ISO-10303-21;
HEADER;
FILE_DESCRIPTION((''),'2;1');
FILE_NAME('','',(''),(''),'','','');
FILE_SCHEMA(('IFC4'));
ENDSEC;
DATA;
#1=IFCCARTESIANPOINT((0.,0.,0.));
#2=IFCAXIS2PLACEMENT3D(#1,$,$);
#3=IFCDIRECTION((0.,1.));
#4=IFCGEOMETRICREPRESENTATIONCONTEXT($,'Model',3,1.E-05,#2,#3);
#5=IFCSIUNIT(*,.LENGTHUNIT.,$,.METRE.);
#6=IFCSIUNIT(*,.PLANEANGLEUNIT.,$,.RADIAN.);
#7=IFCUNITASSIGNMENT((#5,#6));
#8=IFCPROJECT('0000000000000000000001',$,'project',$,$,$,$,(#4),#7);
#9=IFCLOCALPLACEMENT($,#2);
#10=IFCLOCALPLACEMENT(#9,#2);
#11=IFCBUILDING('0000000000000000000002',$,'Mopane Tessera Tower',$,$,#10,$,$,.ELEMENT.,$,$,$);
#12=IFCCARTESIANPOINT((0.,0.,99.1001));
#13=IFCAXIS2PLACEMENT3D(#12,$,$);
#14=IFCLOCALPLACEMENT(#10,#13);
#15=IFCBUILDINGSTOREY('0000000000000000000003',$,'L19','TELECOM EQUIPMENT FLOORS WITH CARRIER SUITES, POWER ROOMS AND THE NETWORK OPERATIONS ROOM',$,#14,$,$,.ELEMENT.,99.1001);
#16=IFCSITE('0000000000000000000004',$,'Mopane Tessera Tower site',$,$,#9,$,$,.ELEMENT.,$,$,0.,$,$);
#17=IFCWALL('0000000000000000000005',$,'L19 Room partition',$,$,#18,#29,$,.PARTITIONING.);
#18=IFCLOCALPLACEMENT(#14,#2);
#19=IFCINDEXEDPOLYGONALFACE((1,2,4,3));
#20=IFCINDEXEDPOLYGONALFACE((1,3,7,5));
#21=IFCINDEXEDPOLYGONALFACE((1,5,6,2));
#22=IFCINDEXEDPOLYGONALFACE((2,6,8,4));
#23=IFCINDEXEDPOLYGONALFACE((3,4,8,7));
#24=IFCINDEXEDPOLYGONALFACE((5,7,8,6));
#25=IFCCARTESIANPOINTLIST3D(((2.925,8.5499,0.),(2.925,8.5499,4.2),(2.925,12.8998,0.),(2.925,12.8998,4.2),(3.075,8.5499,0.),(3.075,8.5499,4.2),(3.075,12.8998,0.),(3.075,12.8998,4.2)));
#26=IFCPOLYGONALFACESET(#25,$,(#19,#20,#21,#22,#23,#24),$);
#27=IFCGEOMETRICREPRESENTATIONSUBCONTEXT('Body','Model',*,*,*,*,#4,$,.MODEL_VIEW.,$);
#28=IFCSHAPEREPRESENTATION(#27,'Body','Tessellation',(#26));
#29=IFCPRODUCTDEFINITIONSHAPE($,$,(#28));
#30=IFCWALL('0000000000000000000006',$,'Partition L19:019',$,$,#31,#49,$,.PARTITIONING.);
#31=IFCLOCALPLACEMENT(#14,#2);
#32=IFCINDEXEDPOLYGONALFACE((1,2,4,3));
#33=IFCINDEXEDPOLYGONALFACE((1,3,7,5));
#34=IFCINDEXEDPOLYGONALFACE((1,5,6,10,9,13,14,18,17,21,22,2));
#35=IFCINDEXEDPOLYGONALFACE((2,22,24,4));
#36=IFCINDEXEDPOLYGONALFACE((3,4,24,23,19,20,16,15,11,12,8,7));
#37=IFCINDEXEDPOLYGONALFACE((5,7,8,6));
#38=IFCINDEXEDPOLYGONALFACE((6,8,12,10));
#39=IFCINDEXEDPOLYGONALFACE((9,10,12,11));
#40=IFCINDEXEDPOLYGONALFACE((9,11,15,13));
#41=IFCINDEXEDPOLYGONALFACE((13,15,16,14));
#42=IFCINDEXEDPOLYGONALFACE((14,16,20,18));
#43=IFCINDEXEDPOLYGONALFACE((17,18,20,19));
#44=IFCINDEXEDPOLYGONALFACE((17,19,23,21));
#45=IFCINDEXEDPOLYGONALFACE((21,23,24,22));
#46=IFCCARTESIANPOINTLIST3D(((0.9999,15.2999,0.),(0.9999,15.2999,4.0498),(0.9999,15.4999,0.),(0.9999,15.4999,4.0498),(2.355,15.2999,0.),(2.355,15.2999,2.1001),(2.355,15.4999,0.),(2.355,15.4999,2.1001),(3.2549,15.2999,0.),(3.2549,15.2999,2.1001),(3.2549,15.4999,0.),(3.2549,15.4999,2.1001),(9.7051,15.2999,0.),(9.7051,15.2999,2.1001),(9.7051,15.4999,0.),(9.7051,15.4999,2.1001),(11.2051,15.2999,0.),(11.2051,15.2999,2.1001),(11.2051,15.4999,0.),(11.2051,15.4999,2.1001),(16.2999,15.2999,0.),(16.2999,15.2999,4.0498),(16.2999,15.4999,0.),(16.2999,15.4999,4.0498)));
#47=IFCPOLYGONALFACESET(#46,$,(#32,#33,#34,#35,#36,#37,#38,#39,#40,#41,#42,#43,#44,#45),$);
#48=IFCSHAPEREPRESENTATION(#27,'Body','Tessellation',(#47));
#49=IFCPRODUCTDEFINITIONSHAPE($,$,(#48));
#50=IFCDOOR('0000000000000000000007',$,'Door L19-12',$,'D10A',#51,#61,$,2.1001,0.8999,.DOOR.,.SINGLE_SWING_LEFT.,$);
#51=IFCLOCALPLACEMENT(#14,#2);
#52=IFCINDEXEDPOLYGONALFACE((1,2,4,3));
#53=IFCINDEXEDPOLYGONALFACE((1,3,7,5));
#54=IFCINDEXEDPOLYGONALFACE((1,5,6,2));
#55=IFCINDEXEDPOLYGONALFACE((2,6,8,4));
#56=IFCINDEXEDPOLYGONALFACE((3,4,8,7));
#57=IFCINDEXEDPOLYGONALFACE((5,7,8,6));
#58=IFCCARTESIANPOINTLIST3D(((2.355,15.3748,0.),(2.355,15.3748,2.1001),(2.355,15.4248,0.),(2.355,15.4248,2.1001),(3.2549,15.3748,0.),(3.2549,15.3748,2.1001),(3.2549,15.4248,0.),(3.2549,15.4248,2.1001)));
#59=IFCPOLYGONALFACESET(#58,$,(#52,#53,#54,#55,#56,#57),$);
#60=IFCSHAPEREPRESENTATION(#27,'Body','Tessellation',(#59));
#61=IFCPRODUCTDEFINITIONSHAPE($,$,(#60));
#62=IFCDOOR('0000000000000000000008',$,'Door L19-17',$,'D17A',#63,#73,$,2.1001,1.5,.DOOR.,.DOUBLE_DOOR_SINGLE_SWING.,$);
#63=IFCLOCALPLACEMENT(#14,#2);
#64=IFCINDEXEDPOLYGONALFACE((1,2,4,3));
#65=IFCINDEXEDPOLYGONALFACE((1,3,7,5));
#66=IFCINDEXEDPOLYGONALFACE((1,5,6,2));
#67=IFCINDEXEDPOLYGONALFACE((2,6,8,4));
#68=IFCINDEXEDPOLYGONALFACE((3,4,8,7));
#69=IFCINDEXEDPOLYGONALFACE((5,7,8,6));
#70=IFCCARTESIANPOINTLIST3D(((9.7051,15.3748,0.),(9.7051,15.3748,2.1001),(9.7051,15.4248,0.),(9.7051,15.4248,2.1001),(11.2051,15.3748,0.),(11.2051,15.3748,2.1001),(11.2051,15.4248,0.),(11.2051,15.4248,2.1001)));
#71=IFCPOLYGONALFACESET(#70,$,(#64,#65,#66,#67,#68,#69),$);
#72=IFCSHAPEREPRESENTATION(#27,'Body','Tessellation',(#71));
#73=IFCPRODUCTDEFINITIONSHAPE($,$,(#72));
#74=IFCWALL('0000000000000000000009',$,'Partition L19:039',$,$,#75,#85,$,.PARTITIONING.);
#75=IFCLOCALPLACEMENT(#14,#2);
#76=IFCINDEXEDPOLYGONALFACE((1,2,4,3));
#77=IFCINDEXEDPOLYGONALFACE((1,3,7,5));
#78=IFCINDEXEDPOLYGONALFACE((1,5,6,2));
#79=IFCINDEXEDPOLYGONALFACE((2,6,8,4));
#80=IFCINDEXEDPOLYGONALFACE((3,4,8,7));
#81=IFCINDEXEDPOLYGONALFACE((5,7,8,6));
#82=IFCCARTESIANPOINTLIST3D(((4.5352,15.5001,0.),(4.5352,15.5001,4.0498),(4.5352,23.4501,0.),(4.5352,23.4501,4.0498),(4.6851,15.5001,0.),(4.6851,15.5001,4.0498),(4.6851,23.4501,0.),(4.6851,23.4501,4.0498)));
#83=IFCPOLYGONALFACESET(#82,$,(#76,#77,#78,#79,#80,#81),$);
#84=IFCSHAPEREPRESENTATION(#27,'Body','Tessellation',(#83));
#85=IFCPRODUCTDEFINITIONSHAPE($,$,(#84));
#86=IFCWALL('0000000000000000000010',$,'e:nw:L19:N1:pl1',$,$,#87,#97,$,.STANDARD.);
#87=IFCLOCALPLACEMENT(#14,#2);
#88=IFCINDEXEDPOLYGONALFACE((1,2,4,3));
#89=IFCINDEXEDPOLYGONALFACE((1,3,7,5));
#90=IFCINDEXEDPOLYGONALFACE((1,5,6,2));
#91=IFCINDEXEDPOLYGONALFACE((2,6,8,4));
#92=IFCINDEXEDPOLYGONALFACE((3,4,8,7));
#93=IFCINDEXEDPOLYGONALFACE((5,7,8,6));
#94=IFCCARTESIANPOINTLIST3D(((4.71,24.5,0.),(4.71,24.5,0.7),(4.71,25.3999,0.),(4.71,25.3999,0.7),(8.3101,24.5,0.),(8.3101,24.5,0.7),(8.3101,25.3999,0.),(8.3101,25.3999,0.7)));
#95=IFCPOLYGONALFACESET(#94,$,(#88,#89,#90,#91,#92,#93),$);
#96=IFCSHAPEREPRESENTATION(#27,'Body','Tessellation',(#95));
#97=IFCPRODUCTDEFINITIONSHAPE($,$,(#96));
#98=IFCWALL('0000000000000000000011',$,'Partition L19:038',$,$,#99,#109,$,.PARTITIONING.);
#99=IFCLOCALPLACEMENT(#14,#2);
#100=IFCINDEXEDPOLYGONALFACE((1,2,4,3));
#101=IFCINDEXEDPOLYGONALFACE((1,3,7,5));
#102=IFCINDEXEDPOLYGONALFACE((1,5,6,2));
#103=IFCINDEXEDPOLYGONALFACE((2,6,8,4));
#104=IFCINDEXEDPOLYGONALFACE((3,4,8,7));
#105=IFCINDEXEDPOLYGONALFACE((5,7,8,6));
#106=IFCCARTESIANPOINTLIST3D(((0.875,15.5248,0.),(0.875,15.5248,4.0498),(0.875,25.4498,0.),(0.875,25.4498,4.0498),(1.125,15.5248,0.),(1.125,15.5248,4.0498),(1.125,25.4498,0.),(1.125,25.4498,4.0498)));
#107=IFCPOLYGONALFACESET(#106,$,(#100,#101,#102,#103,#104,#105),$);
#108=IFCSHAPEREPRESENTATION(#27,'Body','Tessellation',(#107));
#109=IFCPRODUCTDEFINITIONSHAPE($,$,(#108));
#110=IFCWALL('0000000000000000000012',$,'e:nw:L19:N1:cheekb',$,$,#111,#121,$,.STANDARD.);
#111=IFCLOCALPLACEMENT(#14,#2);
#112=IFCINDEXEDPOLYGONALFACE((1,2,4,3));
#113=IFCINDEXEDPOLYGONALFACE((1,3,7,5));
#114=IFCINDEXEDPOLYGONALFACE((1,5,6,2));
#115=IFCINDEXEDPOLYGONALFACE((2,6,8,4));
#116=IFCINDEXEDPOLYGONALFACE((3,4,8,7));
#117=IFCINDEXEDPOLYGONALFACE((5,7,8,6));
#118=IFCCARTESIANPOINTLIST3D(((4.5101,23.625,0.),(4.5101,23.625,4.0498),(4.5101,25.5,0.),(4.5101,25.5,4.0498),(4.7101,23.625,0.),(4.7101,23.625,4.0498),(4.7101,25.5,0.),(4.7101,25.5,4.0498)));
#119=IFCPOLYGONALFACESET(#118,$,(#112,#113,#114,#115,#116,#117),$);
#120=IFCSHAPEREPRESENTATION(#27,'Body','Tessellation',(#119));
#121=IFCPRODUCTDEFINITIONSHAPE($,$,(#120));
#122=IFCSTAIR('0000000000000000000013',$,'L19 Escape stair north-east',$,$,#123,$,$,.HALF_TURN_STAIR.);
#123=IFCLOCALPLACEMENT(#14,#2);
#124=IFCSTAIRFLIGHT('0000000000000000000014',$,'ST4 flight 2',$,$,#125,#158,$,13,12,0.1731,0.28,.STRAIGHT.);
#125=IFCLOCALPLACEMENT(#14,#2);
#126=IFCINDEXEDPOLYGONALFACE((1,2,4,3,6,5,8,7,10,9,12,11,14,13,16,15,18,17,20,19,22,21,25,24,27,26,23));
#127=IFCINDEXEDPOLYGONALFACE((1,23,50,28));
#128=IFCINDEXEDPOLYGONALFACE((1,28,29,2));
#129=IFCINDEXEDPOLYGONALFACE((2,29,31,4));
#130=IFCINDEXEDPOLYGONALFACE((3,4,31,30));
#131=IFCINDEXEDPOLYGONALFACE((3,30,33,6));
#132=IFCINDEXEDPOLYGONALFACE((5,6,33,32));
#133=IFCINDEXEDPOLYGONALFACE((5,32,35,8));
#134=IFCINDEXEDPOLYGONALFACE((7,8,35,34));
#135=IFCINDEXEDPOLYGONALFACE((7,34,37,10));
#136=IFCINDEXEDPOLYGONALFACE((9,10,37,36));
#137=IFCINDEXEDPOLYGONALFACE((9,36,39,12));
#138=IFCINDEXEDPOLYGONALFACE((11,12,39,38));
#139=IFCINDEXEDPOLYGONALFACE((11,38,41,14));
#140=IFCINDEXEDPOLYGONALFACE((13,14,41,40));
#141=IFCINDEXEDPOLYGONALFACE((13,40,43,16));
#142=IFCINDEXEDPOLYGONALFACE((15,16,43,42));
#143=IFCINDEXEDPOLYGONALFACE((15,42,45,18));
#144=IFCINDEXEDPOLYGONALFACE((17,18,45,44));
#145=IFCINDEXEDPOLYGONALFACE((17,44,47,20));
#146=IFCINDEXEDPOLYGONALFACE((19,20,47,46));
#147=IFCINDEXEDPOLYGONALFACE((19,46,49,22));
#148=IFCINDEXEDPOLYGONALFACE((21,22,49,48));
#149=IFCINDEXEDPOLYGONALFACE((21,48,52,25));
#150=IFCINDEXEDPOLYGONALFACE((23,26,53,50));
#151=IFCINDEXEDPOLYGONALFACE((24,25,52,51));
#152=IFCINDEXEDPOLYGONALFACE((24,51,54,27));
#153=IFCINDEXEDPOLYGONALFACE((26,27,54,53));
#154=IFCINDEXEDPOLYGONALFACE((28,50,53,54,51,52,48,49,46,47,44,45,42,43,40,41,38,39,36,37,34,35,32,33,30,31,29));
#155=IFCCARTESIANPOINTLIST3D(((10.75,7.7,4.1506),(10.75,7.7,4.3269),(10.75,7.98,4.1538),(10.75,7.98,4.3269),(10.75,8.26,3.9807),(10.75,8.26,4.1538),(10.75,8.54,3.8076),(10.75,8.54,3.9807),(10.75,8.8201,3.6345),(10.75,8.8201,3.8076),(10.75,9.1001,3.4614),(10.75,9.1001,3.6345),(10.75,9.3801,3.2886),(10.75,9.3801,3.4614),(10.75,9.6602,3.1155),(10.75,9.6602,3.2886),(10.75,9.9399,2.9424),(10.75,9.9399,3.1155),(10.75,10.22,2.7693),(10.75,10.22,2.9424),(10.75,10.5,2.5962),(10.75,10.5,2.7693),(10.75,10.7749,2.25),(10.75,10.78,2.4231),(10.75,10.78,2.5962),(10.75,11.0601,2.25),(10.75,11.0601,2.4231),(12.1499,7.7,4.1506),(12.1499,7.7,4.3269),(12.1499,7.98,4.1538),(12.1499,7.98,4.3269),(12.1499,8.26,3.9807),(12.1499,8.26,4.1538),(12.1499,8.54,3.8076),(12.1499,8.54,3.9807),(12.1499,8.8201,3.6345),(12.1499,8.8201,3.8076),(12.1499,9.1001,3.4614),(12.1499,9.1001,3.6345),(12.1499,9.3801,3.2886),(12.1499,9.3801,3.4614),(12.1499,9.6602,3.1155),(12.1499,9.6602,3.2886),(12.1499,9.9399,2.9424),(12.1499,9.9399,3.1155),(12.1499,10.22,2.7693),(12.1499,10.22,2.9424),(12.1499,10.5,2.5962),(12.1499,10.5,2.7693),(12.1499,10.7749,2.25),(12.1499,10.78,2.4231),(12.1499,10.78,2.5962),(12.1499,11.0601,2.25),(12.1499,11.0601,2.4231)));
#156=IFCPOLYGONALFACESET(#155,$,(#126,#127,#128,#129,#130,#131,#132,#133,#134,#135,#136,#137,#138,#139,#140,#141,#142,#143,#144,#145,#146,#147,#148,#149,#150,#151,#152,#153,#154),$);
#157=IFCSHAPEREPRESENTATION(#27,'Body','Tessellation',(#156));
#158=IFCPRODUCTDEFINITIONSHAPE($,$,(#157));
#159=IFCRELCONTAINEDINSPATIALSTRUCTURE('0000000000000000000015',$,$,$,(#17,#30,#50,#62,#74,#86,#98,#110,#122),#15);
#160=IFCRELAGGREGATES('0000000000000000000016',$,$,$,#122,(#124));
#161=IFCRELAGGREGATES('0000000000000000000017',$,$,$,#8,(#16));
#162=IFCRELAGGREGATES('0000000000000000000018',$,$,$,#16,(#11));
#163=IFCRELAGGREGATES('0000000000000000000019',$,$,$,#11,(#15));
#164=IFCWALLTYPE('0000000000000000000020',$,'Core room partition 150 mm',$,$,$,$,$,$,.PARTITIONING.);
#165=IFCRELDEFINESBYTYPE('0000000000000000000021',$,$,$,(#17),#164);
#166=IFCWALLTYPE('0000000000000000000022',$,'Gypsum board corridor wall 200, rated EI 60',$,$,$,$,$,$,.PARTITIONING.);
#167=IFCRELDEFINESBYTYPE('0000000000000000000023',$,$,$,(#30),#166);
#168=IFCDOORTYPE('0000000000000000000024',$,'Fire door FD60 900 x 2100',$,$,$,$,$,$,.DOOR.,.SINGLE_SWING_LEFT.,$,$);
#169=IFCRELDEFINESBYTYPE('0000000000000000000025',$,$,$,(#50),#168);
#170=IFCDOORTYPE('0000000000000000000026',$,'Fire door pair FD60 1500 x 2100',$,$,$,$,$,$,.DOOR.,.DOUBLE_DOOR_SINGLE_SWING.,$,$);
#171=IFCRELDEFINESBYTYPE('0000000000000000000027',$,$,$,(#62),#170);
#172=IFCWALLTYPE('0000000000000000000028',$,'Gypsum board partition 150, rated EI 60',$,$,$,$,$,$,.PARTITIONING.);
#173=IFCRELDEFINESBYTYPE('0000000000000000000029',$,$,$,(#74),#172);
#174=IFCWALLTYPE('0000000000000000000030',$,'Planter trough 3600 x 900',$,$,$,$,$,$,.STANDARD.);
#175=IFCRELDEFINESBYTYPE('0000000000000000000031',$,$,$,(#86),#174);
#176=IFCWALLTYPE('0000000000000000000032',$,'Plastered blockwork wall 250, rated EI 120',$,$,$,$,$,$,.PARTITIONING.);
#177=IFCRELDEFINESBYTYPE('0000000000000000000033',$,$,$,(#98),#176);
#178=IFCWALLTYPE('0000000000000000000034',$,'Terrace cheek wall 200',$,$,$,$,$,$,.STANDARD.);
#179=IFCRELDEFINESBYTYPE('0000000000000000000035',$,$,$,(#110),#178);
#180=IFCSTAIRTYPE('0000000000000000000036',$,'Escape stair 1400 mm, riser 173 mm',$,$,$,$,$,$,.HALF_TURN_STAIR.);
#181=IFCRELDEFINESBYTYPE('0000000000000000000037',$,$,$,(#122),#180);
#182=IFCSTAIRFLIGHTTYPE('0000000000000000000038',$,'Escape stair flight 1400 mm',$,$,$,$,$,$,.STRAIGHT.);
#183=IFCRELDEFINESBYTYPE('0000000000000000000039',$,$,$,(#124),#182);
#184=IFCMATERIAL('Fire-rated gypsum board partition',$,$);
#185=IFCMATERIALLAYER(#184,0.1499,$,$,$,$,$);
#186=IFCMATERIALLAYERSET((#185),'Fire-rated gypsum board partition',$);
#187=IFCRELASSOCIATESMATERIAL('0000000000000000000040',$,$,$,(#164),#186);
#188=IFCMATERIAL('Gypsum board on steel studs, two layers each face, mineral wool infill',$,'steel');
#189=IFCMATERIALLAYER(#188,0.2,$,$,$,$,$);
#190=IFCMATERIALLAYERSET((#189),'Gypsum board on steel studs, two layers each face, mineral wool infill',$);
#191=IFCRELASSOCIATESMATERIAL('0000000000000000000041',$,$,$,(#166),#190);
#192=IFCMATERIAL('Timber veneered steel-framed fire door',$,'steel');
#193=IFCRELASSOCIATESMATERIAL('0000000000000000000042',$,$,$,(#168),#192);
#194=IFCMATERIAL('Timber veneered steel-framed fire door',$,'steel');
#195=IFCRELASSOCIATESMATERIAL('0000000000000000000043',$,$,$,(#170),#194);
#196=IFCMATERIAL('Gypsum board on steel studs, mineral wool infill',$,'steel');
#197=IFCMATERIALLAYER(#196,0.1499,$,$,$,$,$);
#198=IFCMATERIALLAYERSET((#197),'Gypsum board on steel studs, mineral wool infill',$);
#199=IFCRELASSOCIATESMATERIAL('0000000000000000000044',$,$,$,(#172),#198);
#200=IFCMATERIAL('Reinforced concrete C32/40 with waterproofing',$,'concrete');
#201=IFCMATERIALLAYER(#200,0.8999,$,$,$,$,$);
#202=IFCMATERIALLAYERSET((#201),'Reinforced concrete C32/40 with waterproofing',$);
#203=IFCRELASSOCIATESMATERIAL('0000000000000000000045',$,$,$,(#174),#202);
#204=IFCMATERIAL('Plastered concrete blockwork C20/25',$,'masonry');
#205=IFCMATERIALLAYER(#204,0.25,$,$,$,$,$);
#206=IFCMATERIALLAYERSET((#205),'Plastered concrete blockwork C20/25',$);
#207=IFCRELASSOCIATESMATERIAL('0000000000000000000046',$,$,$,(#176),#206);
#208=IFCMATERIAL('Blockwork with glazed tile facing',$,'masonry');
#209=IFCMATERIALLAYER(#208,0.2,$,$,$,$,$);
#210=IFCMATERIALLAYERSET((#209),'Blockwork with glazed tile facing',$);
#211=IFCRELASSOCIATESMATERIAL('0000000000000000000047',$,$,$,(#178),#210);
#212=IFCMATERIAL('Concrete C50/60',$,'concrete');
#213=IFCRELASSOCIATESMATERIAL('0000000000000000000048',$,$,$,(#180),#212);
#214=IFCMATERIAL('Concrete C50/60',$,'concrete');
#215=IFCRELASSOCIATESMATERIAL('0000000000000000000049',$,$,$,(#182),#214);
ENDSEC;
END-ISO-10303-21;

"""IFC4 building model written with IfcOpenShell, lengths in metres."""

from ifc_helpers import new_model, si_unit, direction, frame, frame_2d, origin, place, context, subcontext, project, spatial, polyline, rectangle, outline, extrude, material, layer, layer_set, type_object, element, fill, aggregate, save


model = new_model("IFC4")

# Units and contexts
model_context = context("Model", 3, precision=1e-05, world=origin(), true_north=direction((0.0, 1.0)))
body_context = subcontext(model_context, "Body", "Model", "MODEL_VIEW")
ifc_project = project(units=[si_unit("LENGTHUNIT", "METRE"), si_unit("PLANEANGLEUNIT", "RADIAN")], contexts=[model_context])

# Site, building, storey
site_placement = place(None, origin())
site = spatial("IfcSite", under=ifc_project, at=site_placement, Name="Mopane Tessera Tower site", CompositionType="ELEMENT", RefElevation=0.0)
building_placement = place(site_placement, origin())
building = spatial("IfcBuilding", under=site, at=building_placement, Name="Mopane Tessera Tower", CompositionType="ELEMENT")
storey_placement = place(building_placement, frame((0.0, 0.0, 99.1001)))
storey = spatial("IfcBuildingStorey", under=building, at=storey_placement, Name="L19", Description="TELECOM EQUIPMENT FLOORS WITH CARRIER SUITES, POWER ROOMS AND THE NETWORK OPERATIONS ROOM", CompositionType="ELEMENT", Elevation=99.1001)

# Wall
ifc_material_1 = material(Name="Fire-rated gypsum board partition")
ifc_layer_1 = layer(ifc_material_1, 0.1499)
ifc_layer_set_1 = layer_set([ifc_layer_1], Name="Fire-rated gypsum board partition")
wall_type_1 = type_object("IfcWallType", Name="Core room partition 150 mm", PredefinedType="PARTITIONING", material=ifc_layer_set_1)
wall_1_placement = place(storey_placement, frame((3.0, 8.55, 0.0), z_axis=(0.0, 0.0, 1.0), x_axis=(0.0, 1.0, 0.0)))
element("IfcWall", 1, at=wall_1_placement, inside=storey, type_object=wall_type_1, Name="L19 Room partition", PredefinedType="PARTITIONING", context=body_context, shape_type="SweptSolid", body=[
    extrude(rectangle(XDim=4.3499, YDim=0.1499, at=frame_2d((2.1748, 0.0))), origin(), (0.0, 0.0, 1.0), 4.2),
])

# Wall, openings, doors
ifc_material_2 = material(Name="Gypsum board on steel studs, two layers each face, mineral wool infill", Category="steel")
ifc_layer_2 = layer(ifc_material_2, 0.2)
ifc_layer_set_2 = layer_set([ifc_layer_2], Name="Gypsum board on steel studs, two layers each face, mineral wool infill")
wall_type_2 = type_object("IfcWallType", Name="Gypsum board corridor wall 200, rated EI 60", PredefinedType="PARTITIONING", material=ifc_layer_set_2)
wall_2_placement = place(storey_placement, frame((1.0, 15.3999, 0.0), z_axis=(0.0, 0.0, 1.0), x_axis=(1.0, 0.0, 0.0)))
wall_2 = element("IfcWall", 2, at=wall_2_placement, inside=storey, type_object=wall_type_2, Name="Partition L19:019", PredefinedType="PARTITIONING", context=body_context, shape_type="SweptSolid", body=[
    extrude(rectangle(XDim=15.3, YDim=0.2, at=frame_2d((7.6499, 0.0))), origin(), (0.0, 0.0, 1.0), 4.0498),
])
opening_1_placement = place(wall_2_placement, frame((1.355, 0.0, 0.0)))
opening_1 = element("IfcOpeningElement", 3, at=opening_1_placement, cuts=wall_2, PredefinedType="OPENING", context=body_context, shape_type="SweptSolid", body=[
    extrude(rectangle(XDim=0.8999, YDim=2.1001, at=frame_2d((0.45, 1.05))), frame((0.0, 0.1121, 0.0), z_axis=(0.0, -1.0, 0.0), x_axis=(1.0, 0.0, 0.0)), (0.0, 0.0, 1.0), 0.2239),
])
opening_2_placement = place(wall_2_placement, frame((8.7051, 0.0, 0.0)))
opening_2 = element("IfcOpeningElement", 4, at=opening_2_placement, cuts=wall_2, PredefinedType="OPENING", context=body_context, shape_type="SweptSolid", body=[
    extrude(rectangle(XDim=1.5, YDim=2.1001, at=frame_2d((0.75, 1.05))), frame((0.0, 0.1121, 0.0), z_axis=(0.0, -1.0, 0.0), x_axis=(1.0, 0.0, 0.0)), (0.0, 0.0, 1.0), 0.2239),
])
ifc_material_3 = material(Name="Timber veneered steel-framed fire door", Category="steel")
door_type_1 = type_object("IfcDoorType", Name="Fire door FD60 900 x 2100", OperationType="SINGLE_SWING_LEFT", PredefinedType="DOOR", material=ifc_material_3)
door_1_placement = place(opening_1_placement, origin())
door_1 = element("IfcDoor", 5, at=door_1_placement, inside=storey, type_object=door_type_1, Name="Door L19-12", ObjectType="D10A", OperationType="SINGLE_SWING_LEFT", OverallHeight=2.1001, OverallWidth=0.8999, PredefinedType="DOOR", context=body_context, shape_type="SweptSolid", body=[
    extrude(rectangle(XDim=0.8999, YDim=2.1001, at=frame_2d((0.45, 1.05))), frame((0.0, 0.0249, 0.0), z_axis=(0.0, -1.0, 0.0), x_axis=(1.0, 0.0, 0.0)), (0.0, 0.0, 1.0), 0.05),
])
fill(opening_1, door_1)
ifc_material_4 = material(Name="Timber veneered steel-framed fire door", Category="steel")
door_type_2 = type_object("IfcDoorType", Name="Fire door pair FD60 1500 x 2100", OperationType="DOUBLE_DOOR_SINGLE_SWING", PredefinedType="DOOR", material=ifc_material_4)
door_2_placement = place(opening_2_placement, origin())
door_2 = element("IfcDoor", 6, at=door_2_placement, inside=storey, type_object=door_type_2, Name="Door L19-17", ObjectType="D17A", OperationType="DOUBLE_DOOR_SINGLE_SWING", OverallHeight=2.1001, OverallWidth=1.5, PredefinedType="DOOR", context=body_context, shape_type="SweptSolid", body=[
    extrude(rectangle(XDim=1.5, YDim=2.1001, at=frame_2d((0.75, 1.05))), frame((0.0, 0.0249, 0.0), z_axis=(0.0, -1.0, 0.0), x_axis=(1.0, 0.0, 0.0)), (0.0, 0.0, 1.0), 0.05),
])
fill(opening_2, door_2)

# Walls
ifc_material_5 = material(Name="Gypsum board on steel studs, mineral wool infill", Category="steel")
ifc_layer_3 = layer(ifc_material_5, 0.1499)
ifc_layer_set_3 = layer_set([ifc_layer_3], Name="Gypsum board on steel studs, mineral wool infill")
wall_type_3 = type_object("IfcWallType", Name="Gypsum board partition 150, rated EI 60", PredefinedType="PARTITIONING", material=ifc_layer_set_3)
wall_3_placement = place(storey_placement, frame((4.6101, 15.5, 0.0), z_axis=(0.0, 0.0, 1.0), x_axis=(0.0, 1.0, 0.0)))
element("IfcWall", 7, at=wall_3_placement, inside=storey, type_object=wall_type_3, Name="Partition L19:039", PredefinedType="PARTITIONING", context=body_context, shape_type="SweptSolid", body=[
    extrude(rectangle(XDim=7.95, YDim=0.1499, at=frame_2d((3.9751, 0.0))), origin(), (0.0, 0.0, 1.0), 4.0498),
])
ifc_material_6 = material(Name="Reinforced concrete C32/40 with waterproofing", Category="concrete")
ifc_layer_4 = layer(ifc_material_6, 0.8999)
ifc_layer_set_4 = layer_set([ifc_layer_4], Name="Reinforced concrete C32/40 with waterproofing")
wall_type_4 = type_object("IfcWallType", Name="Planter trough 3600 x 900", PredefinedType="STANDARD", material=ifc_layer_set_4)
wall_4_placement = place(storey_placement, frame((8.3101, 24.95, 0.0), z_axis=(0.0, 0.0, 1.0), x_axis=(-1.0, 0.0, 0.0)))
element("IfcWall", 8, at=wall_4_placement, inside=storey, type_object=wall_type_4, Name="e:nw:L19:N1:pl1", PredefinedType="STANDARD", context=body_context, shape_type="SweptSolid", body=[
    extrude(rectangle(XDim=3.6001, YDim=0.8999, at=frame_2d((1.8, 0.0))), origin(), (0.0, 0.0, 1.0), 0.7),
])
ifc_material_7 = material(Name="Plastered concrete blockwork C20/25", Category="masonry")
ifc_layer_5 = layer(ifc_material_7, 0.25)
ifc_layer_set_5 = layer_set([ifc_layer_5], Name="Plastered concrete blockwork C20/25")
wall_type_5 = type_object("IfcWallType", Name="Plastered blockwork wall 250, rated EI 120", PredefinedType="PARTITIONING", material=ifc_layer_set_5)
wall_5_placement = place(storey_placement, frame((1.0, 15.5249, 0.0), z_axis=(0.0, 0.0, 1.0), x_axis=(0.0, 1.0, 0.0)))
element("IfcWall", 9, at=wall_5_placement, inside=storey, type_object=wall_type_5, Name="Partition L19:038", PredefinedType="PARTITIONING", context=body_context, shape_type="SweptSolid", body=[
    extrude(rectangle(XDim=9.925, YDim=0.25, at=frame_2d((4.9624, 0.0))), origin(), (0.0, 0.0, 1.0), 4.0498),
])
ifc_material_8 = material(Name="Blockwork with glazed tile facing", Category="masonry")
ifc_layer_6 = layer(ifc_material_8, 0.2)
ifc_layer_set_6 = layer_set([ifc_layer_6], Name="Blockwork with glazed tile facing")
wall_type_6 = type_object("IfcWallType", Name="Terrace cheek wall 200", PredefinedType="STANDARD", material=ifc_layer_set_6)
wall_6_placement = place(storey_placement, frame((4.6101, 25.5, 0.0), z_axis=(0.0, 0.0, 1.0), x_axis=(0.0, -1.0, 0.0)))
element("IfcWall", 10, at=wall_6_placement, inside=storey, type_object=wall_type_6, Name="e:nw:L19:N1:cheekb", PredefinedType="STANDARD", context=body_context, shape_type="SweptSolid", body=[
    extrude(rectangle(XDim=1.875, YDim=0.2, at=frame_2d((0.9375, 0.0))), origin(), (0.0, 0.0, 1.0), 4.0498),
])

# Stair, stair flight
ifc_material_9 = material(Name="Concrete C50/60", Category="concrete")
stair_type = type_object("IfcStairType", Name="Escape stair 1400 mm, riser 173 mm", PredefinedType="HALF_TURN_STAIR", material=ifc_material_9)
stair_placement = place(storey_placement, origin())
stair = element("IfcStair", 11, at=stair_placement, inside=storey, type_object=stair_type, Name="L19 Escape stair north-east", PredefinedType="HALF_TURN_STAIR")
ifc_material_10 = material(Name="Concrete C50/60", Category="concrete")
stair_flight_type = type_object("IfcStairFlightType", Name="Escape stair flight 1400 mm", PredefinedType="STRAIGHT", material=ifc_material_10)
stair_flight_placement = place(storey_placement, frame((11.45, 11.0601, 2.25), z_axis=(0.0, 0.0, 1.0), x_axis=(0.0, -1.0, 0.0)))
stair_flight = element("IfcStairFlight", 12, at=stair_flight_placement, type_object=stair_flight_type, Name="ST4 flight 2", NumberOfRisers=13, NumberOfTreads=12, PredefinedType="STRAIGHT", RiserHeight=0.1731, TreadLength=0.28, context=body_context, shape_type="SweptSolid", body=[
    extrude(outline(polyline([(0.0, 0.0), (0.0, 0.1731), (0.28, 0.1731), (0.28, 0.3462), (0.5601, 0.3462), (0.5601, 0.5193), (0.8401, 0.5193), (0.8401, 0.6924), (1.1201, 0.6924), (1.1201, 0.8655), (1.3999, 0.8655), (1.3999, 1.0386), (1.6799, 1.0386), (1.6799, 1.2114), (1.96, 1.2114), (1.96, 1.3845), (2.24, 1.3845), (2.24, 1.5576), (2.52, 1.5576), (2.52, 1.7307), (2.8, 1.7307), (2.8, 1.9038), (3.0801, 1.9038), (3.0801, 2.0769), (3.3601, 2.0769), (3.3601, 2.25), (3.3601, 1.9006), (0.2852, 0.0), (0.0, 0.0)])), frame((0.0, 0.7, 0.0), z_axis=(0.0, -1.0, 0.0), x_axis=(1.0, 0.0, 0.0)), (0.0, 0.0, 1.0), 1.3999),
])
aggregate(stair, [stair_flight])

save(model, "model.ifc")
